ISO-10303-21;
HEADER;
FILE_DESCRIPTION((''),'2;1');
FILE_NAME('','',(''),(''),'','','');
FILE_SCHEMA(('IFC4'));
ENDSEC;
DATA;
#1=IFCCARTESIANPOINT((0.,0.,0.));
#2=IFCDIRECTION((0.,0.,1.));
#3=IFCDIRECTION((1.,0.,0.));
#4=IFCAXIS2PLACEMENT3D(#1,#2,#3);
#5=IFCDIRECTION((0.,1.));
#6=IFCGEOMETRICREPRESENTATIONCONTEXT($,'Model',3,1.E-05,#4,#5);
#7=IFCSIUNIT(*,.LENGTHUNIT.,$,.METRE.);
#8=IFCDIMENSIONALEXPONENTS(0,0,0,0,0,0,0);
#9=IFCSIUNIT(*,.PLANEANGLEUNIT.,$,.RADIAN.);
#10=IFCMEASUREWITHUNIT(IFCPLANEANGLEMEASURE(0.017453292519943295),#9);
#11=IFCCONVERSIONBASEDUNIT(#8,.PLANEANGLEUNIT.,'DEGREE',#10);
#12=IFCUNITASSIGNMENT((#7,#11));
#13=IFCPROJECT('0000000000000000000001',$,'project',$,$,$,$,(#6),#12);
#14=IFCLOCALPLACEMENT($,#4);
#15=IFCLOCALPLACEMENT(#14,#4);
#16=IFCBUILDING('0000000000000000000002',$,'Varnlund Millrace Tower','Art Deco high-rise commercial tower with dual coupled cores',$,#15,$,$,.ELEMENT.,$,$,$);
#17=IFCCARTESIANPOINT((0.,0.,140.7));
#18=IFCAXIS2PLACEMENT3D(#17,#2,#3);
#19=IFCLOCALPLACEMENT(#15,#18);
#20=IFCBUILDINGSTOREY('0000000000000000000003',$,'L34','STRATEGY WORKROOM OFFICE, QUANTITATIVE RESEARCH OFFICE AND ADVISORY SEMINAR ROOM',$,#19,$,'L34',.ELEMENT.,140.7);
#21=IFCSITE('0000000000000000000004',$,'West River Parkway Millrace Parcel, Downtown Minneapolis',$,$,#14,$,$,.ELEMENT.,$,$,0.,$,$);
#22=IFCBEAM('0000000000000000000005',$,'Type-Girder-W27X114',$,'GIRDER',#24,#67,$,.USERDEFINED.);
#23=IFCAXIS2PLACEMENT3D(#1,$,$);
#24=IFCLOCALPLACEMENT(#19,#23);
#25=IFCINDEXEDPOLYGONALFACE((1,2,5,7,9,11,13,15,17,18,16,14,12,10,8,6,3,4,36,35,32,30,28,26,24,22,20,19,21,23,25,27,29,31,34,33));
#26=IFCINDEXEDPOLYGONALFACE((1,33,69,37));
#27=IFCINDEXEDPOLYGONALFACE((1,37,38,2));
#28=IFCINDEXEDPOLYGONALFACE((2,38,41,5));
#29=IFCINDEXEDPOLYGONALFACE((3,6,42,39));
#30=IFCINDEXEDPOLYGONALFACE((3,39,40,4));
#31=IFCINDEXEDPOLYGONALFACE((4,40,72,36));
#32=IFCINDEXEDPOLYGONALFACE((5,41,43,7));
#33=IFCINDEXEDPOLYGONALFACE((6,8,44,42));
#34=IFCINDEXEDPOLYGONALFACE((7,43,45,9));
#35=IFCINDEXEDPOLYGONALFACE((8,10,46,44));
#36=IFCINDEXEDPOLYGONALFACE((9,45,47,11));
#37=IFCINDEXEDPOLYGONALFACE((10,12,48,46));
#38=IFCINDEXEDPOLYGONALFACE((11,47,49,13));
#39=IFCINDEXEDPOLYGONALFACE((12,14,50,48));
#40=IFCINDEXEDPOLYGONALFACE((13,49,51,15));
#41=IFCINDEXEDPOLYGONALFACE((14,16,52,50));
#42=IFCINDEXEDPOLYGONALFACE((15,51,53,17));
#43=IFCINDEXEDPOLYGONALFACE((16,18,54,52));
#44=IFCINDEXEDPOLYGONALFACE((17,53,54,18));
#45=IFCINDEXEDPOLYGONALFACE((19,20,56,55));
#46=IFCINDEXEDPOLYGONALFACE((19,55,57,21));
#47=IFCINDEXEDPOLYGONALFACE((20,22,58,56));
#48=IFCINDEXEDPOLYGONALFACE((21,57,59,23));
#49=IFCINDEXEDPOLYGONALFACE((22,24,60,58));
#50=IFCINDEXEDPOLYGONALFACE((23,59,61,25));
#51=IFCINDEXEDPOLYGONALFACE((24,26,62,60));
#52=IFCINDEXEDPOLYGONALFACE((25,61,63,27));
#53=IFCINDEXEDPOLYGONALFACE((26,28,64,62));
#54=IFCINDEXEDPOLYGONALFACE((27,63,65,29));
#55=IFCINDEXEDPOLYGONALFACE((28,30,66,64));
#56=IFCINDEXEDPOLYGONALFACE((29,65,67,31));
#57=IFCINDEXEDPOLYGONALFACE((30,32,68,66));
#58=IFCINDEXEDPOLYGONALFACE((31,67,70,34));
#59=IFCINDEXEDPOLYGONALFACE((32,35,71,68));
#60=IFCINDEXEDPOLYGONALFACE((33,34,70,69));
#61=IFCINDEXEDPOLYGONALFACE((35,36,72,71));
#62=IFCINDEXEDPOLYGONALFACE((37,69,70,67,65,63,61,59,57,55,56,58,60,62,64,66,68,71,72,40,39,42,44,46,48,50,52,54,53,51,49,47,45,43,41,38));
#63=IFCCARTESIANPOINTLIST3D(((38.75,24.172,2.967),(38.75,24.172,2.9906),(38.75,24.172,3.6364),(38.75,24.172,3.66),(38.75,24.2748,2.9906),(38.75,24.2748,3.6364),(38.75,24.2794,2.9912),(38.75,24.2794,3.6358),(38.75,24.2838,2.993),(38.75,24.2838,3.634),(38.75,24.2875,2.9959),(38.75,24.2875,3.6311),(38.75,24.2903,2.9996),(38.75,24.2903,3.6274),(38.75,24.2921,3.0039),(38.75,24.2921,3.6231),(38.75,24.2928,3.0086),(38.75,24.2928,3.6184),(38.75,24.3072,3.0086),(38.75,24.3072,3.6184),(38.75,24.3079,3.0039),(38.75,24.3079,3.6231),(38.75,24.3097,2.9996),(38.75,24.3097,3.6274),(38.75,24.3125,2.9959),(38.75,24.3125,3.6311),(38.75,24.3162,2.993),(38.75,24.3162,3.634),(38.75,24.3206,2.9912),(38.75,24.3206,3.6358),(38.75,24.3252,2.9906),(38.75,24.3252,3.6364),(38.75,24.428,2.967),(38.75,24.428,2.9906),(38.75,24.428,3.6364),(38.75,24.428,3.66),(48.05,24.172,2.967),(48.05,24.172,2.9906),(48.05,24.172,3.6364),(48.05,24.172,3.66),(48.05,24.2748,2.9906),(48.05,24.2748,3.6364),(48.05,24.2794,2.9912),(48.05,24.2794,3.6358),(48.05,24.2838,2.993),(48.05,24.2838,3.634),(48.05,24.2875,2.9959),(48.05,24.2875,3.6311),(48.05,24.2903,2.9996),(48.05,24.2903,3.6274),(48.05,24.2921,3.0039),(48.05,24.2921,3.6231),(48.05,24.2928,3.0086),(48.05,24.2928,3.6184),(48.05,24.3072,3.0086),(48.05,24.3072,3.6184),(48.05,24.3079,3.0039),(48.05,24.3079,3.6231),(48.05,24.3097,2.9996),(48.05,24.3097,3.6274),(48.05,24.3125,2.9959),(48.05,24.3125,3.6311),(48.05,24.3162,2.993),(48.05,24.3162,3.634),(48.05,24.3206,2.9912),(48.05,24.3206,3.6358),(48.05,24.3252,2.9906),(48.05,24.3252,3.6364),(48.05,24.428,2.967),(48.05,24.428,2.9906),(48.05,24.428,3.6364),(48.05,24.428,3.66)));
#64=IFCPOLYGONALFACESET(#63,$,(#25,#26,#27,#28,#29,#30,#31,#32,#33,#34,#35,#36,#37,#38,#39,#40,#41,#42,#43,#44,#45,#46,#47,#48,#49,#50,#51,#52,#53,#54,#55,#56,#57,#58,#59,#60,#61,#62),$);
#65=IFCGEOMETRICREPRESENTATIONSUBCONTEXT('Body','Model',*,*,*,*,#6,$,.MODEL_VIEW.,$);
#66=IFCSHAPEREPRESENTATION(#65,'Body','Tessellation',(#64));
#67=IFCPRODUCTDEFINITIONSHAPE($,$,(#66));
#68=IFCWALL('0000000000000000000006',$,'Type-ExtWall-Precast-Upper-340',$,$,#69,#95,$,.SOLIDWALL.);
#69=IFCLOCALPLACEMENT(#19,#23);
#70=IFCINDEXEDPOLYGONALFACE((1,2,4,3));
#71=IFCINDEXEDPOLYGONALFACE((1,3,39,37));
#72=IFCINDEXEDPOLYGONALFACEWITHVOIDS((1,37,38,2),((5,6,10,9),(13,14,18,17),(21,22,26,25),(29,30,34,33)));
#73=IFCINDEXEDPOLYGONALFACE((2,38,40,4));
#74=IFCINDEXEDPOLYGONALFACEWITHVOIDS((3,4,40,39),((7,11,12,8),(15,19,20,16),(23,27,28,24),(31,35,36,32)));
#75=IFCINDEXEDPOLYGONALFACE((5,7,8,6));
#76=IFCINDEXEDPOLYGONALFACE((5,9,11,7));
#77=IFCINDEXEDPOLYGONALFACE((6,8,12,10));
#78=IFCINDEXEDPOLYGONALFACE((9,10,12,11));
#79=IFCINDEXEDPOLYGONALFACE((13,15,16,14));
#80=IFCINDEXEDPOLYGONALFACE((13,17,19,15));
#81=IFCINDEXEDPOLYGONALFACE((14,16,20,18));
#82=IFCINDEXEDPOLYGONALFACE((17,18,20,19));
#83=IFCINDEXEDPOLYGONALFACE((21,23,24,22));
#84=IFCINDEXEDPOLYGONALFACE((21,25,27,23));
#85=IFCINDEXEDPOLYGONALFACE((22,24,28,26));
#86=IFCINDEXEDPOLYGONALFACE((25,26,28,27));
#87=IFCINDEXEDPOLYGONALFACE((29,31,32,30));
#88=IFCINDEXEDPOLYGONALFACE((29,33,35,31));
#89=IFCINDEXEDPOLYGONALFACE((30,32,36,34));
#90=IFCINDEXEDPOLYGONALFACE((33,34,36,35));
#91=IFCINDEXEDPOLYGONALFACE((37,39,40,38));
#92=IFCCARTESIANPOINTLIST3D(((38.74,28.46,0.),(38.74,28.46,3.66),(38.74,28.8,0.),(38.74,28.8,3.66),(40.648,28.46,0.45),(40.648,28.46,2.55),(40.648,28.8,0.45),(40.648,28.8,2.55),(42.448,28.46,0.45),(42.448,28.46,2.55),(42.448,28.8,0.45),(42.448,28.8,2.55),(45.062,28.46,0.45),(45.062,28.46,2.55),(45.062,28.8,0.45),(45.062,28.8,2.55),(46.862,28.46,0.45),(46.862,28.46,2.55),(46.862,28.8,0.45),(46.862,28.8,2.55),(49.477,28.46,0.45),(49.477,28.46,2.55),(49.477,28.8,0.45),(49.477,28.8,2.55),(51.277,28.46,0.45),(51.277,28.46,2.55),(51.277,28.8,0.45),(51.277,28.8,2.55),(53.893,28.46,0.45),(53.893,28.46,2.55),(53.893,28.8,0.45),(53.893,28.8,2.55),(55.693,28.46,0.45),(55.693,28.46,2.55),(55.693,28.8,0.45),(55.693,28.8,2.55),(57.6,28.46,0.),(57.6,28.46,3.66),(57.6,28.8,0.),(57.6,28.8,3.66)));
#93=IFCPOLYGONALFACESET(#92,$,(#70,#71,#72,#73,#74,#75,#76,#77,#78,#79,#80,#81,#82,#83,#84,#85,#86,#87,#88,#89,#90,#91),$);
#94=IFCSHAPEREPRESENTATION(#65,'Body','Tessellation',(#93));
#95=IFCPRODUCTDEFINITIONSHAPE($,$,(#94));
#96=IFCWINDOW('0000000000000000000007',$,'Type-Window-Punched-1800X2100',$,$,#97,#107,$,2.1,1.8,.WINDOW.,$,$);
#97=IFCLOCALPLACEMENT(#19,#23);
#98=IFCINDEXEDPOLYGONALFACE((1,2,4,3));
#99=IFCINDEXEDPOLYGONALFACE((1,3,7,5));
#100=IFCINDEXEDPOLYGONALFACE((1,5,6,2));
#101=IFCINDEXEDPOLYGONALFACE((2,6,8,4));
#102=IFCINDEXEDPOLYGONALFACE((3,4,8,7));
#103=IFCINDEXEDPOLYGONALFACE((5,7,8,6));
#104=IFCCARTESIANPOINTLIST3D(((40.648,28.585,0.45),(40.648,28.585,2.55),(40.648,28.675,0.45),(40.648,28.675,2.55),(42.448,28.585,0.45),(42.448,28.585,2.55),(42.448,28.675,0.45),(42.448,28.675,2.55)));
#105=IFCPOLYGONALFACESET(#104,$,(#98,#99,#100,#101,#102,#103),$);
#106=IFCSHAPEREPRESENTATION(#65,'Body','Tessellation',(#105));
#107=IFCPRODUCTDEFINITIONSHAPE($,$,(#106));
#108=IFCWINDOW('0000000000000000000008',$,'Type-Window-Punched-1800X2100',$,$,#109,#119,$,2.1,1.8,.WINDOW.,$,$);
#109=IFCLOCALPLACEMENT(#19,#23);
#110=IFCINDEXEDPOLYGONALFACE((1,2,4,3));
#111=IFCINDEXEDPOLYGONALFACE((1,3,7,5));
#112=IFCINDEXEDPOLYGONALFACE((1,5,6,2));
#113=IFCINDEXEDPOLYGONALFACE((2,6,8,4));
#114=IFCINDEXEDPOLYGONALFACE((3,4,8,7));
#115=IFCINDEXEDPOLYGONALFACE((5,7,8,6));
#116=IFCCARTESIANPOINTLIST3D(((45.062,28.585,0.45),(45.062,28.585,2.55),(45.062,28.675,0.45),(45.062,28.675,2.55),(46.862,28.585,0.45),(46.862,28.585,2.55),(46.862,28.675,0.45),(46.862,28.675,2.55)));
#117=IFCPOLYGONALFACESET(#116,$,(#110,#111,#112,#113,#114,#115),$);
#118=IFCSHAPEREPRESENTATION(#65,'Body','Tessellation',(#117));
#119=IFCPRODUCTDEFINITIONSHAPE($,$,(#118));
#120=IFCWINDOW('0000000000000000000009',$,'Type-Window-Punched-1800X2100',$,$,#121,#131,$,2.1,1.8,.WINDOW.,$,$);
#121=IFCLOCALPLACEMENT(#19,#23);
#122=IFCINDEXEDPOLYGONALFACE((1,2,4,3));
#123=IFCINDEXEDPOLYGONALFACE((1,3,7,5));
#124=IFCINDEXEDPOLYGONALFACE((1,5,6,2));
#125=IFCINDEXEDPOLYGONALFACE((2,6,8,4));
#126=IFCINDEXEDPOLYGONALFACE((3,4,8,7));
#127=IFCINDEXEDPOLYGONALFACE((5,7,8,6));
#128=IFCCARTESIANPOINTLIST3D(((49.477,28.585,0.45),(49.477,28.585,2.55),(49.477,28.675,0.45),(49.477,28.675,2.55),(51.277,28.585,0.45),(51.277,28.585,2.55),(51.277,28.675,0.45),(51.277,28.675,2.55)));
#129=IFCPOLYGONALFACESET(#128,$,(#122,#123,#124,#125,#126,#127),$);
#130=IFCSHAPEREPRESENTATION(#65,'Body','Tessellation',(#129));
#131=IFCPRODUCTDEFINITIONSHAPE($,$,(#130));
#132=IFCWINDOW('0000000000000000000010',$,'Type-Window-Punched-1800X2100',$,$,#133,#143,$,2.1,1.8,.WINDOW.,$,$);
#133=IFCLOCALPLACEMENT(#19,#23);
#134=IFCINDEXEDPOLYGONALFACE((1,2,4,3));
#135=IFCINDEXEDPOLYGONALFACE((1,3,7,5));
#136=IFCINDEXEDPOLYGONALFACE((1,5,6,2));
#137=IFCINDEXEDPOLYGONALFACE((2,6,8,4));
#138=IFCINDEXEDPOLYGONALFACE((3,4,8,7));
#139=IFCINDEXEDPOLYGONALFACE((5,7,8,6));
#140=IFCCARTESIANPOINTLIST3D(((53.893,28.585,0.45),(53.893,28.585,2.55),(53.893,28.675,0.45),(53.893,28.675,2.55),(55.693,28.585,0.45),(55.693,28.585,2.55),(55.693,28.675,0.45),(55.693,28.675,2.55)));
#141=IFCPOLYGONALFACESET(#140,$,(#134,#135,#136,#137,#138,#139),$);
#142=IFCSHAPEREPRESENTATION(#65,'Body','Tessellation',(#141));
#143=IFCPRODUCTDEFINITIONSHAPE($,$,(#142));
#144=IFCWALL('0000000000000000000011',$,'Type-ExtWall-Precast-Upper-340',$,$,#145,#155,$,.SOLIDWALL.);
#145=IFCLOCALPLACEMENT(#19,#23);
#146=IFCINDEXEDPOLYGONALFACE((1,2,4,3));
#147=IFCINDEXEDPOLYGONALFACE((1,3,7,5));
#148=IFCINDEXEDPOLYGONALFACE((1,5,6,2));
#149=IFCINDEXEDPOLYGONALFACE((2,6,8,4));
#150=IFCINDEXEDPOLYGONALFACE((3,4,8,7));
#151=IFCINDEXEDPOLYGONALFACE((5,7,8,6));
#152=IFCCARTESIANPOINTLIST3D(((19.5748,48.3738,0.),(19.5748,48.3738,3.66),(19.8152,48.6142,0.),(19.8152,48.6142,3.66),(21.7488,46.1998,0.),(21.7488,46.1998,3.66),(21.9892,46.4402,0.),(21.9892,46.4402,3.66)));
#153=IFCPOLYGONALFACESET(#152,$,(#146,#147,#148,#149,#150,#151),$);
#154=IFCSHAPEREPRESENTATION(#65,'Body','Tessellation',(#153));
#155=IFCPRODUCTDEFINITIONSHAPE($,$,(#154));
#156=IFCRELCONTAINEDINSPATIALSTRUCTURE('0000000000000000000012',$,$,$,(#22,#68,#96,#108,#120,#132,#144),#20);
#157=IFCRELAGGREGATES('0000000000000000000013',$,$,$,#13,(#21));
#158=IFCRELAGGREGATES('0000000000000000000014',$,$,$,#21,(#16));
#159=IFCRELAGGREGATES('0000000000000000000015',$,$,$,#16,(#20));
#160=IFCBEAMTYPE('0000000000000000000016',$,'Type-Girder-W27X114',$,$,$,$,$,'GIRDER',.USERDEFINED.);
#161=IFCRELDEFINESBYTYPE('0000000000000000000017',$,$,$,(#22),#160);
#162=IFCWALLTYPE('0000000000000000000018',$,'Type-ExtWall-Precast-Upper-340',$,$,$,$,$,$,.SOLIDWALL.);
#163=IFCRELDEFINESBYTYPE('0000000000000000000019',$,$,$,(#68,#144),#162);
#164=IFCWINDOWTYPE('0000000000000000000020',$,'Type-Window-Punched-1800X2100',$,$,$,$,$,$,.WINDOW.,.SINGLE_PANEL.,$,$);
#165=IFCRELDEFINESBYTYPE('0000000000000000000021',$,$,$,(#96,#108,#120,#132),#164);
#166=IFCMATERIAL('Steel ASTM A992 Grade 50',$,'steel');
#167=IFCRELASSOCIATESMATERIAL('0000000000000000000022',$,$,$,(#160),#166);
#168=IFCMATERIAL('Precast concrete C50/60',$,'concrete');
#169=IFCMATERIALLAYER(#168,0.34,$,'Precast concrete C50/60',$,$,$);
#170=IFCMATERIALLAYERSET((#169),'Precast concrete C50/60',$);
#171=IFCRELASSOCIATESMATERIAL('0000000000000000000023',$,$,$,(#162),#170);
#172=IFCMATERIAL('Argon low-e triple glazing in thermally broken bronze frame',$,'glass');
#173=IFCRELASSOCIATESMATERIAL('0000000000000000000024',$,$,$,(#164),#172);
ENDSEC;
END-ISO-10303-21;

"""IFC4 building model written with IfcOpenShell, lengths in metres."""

from ifc_helpers import new_model, entity, si_unit, converted_unit, direction, frame, origin_with_axes, origin_2d_with_axis, place, context, subcontext, project, spatial, polyline, rectangle, i_section, outline, extrude, material, layer, layer_set, material_profile, profile_set, type_object, element, fill, save


model = new_model("IFC4")

# Units and contexts
model_context = context("Model", 3, precision=1e-05, world=origin_with_axes(), true_north=direction((0.0, 1.0)))
body_context = subcontext(model_context, "Body", "Model", "MODEL_VIEW")
ifc_project = project(units=[si_unit("LENGTHUNIT", "METRE"), converted_unit("PLANEANGLEUNIT", "DEGREE", entity("IfcPlaneAngleMeasure", 0.017453292519943295), si_unit("PLANEANGLEUNIT", "RADIAN"), dimensions=[0, 0, 0, 0, 0, 0, 0])], contexts=[model_context])

# Site, building, storey
site_placement = place(None, origin_with_axes())
site = spatial("IfcSite", under=ifc_project, at=site_placement, Name="West River Parkway Millrace Parcel, Downtown Minneapolis", CompositionType="ELEMENT", RefElevation=0.0)
building_placement = place(site_placement, origin_with_axes())
building = spatial("IfcBuilding", under=site, at=building_placement, Name="Varnlund Millrace Tower", Description="Art Deco high-rise commercial tower with dual coupled cores", CompositionType="ELEMENT")
storey_placement = place(building_placement, frame((0.0, 0.0, 140.7), z_axis=(0.0, 0.0, 1.0), x_axis=(1.0, 0.0, 0.0)))
storey = spatial("IfcBuildingStorey", under=building, at=storey_placement, Name="L34", Description="STRATEGY WORKROOM OFFICE, QUANTITATIVE RESEARCH OFFICE AND ADVISORY SEMINAR ROOM", LongName="L34", CompositionType="ELEMENT", Elevation=140.7)

# Beam
ifc_material_1 = material(Name="Steel ASTM A992 Grade 50", Category="steel")
ifc_material_profile_1 = material_profile(ifc_material_1, i_section(OverallWidth=0.256, OverallDepth=0.693, WebThickness=0.0145, FlangeThickness=0.0236, FilletRadius=0.018, at=origin_2d_with_axis()), Name="Steel ASTM A992 Grade 50")
ifc_profile_set_1 = profile_set([ifc_material_profile_1], Name="Steel ASTM A992 Grade 50")
beam_type_1 = type_object("IfcBeamType", Name="Type-Girder-W27X114", ElementType="GIRDER", PredefinedType="USERDEFINED", material=ifc_profile_set_1)
beam_1_placement = place(storey_placement, frame((38.75, 24.3, 3.3135), z_axis=(1.0, 0.0, 0.0), x_axis=(0.0, 1.0, 0.0)))
element("IfcBeam", 1, at=beam_1_placement, inside=storey, type_object=beam_type_1, Name="Type-Girder-W27X114", ObjectType="GIRDER", PredefinedType="USERDEFINED", context=body_context, shape_type="SweptSolid", body=[
    extrude(i_section(OverallWidth=0.256, OverallDepth=0.693, WebThickness=0.0145, FlangeThickness=0.0236, FilletRadius=0.018, at=origin_2d_with_axis()), origin_with_axes(), (0.0, 0.0, 1.0), 9.3),
])

# Wall, openings, windows
ifc_material_2 = material(Name="Precast concrete C50/60", Category="concrete")
ifc_layer_1 = layer(ifc_material_2, 0.34, Name="Precast concrete C50/60")
ifc_layer_set_1 = layer_set([ifc_layer_1], Name="Precast concrete C50/60")
wall_type_1 = type_object("IfcWallType", Name="Type-ExtWall-Precast-Upper-340", PredefinedType="SOLIDWALL", material=ifc_layer_set_1)
wall_1_placement = place(storey_placement, frame((38.74, 28.63, 0.0), z_axis=(0.0, 0.0, 1.0), x_axis=(1.0, 0.0, 0.0)))
wall_1 = element("IfcWall", 2, at=wall_1_placement, inside=storey, type_object=wall_type_1, Name="Type-ExtWall-Precast-Upper-340", PredefinedType="SOLIDWALL", context=body_context, shape_type="SweptSolid", body=[
    extrude(outline(polyline([(0.0, -0.17), (18.86, -0.17), (18.86, 0.17), (0.0, 0.17), (0.0, -0.17)])), origin_with_axes(), (0.0, 0.0, 1.0), 3.66),
])
opening_1_placement = place(wall_1_placement, frame((2.808, 0.0, 0.45), z_axis=(0.0, 0.0, 1.0), x_axis=(1.0, 0.0, 0.0)))
opening_1 = element("IfcOpeningElement", 3, at=opening_1_placement, cuts=wall_1, PredefinedType="OPENING", context=body_context, shape_type="SweptSolid", body=[
    extrude(rectangle(XDim=1.8, YDim=0.36, at=origin_2d_with_axis()), origin_with_axes(), (0.0, 0.0, 1.0), 2.1),
])
opening_2_placement = place(wall_1_placement, frame((7.222, 0.0, 0.45), z_axis=(0.0, 0.0, 1.0), x_axis=(1.0, 0.0, 0.0)))
opening_2 = element("IfcOpeningElement", 4, at=opening_2_placement, cuts=wall_1, PredefinedType="OPENING", context=body_context, shape_type="SweptSolid", body=[
    extrude(rectangle(XDim=1.8, YDim=0.36, at=origin_2d_with_axis()), origin_with_axes(), (0.0, 0.0, 1.0), 2.1),
])
opening_3_placement = place(wall_1_placement, frame((11.637, 0.0, 0.45), z_axis=(0.0, 0.0, 1.0), x_axis=(1.0, 0.0, 0.0)))
opening_3 = element("IfcOpeningElement", 5, at=opening_3_placement, cuts=wall_1, PredefinedType="OPENING", context=body_context, shape_type="SweptSolid", body=[
    extrude(rectangle(XDim=1.8, YDim=0.36, at=origin_2d_with_axis()), origin_with_axes(), (0.0, 0.0, 1.0), 2.1),
])
opening_4_placement = place(wall_1_placement, frame((16.053, 0.0, 0.45), z_axis=(0.0, 0.0, 1.0), x_axis=(1.0, 0.0, 0.0)))
opening_4 = element("IfcOpeningElement", 6, at=opening_4_placement, cuts=wall_1, PredefinedType="OPENING", context=body_context, shape_type="SweptSolid", body=[
    extrude(rectangle(XDim=1.8, YDim=0.36, at=origin_2d_with_axis()), origin_with_axes(), (0.0, 0.0, 1.0), 2.1),
])
ifc_material_3 = material(Name="Argon low-e triple glazing in thermally broken bronze frame", Category="glass")
window_type_1 = type_object("IfcWindowType", Name="Type-Window-Punched-1800X2100", PartitioningType="SINGLE_PANEL", PredefinedType="WINDOW", material=ifc_material_3)
window_1_placement = place(wall_1_placement, frame((2.808, 0.0, 0.45), z_axis=(0.0, 0.0, 1.0), x_axis=(1.0, 0.0, 0.0)))
window_1 = element("IfcWindow", 7, at=window_1_placement, inside=storey, type_object=window_type_1, Name="Type-Window-Punched-1800X2100", OverallHeight=2.1, OverallWidth=1.8, PredefinedType="WINDOW", context=body_context, shape_type="SweptSolid", body=[
    extrude(rectangle(XDim=1.8, YDim=0.09, at=origin_2d_with_axis()), origin_with_axes(), (0.0, 0.0, 1.0), 2.1),
])
fill(opening_1, window_1)
window_2_placement = place(wall_1_placement, frame((7.222, 0.0, 0.45), z_axis=(0.0, 0.0, 1.0), x_axis=(1.0, 0.0, 0.0)))
window_2 = element("IfcWindow", 8, at=window_2_placement, inside=storey, type_object=window_type_1, Name="Type-Window-Punched-1800X2100", OverallHeight=2.1, OverallWidth=1.8, PredefinedType="WINDOW", context=body_context, shape_type="SweptSolid", body=[
    extrude(rectangle(XDim=1.8, YDim=0.09, at=origin_2d_with_axis()), origin_with_axes(), (0.0, 0.0, 1.0), 2.1),
])
fill(opening_2, window_2)
window_3_placement = place(wall_1_placement, frame((11.637, 0.0, 0.45), z_axis=(0.0, 0.0, 1.0), x_axis=(1.0, 0.0, 0.0)))
window_3 = element("IfcWindow", 9, at=window_3_placement, inside=storey, type_object=window_type_1, Name="Type-Window-Punched-1800X2100", OverallHeight=2.1, OverallWidth=1.8, PredefinedType="WINDOW", context=body_context, shape_type="SweptSolid", body=[
    extrude(rectangle(XDim=1.8, YDim=0.09, at=origin_2d_with_axis()), origin_with_axes(), (0.0, 0.0, 1.0), 2.1),
])
fill(opening_3, window_3)
window_4_placement = place(wall_1_placement, frame((16.053, 0.0, 0.45), z_axis=(0.0, 0.0, 1.0), x_axis=(1.0, 0.0, 0.0)))
window_4 = element("IfcWindow", 10, at=window_4_placement, inside=storey, type_object=window_type_1, Name="Type-Window-Punched-1800X2100", OverallHeight=2.1, OverallWidth=1.8, PredefinedType="WINDOW", context=body_context, shape_type="SweptSolid", body=[
    extrude(rectangle(XDim=1.8, YDim=0.09, at=origin_2d_with_axis()), origin_with_axes(), (0.0, 0.0, 1.0), 2.1),
])
fill(opening_4, window_4)

# Wall
wall_2_placement = place(storey_placement, frame((19.695, 48.494, 0.0), z_axis=(0.0, 0.0, 1.0), x_axis=(0.707107, -0.707107, 0.0)))
element("IfcWall", 11, at=wall_2_placement, inside=storey, type_object=wall_type_1, Name="Type-ExtWall-Precast-Upper-340", PredefinedType="SOLIDWALL", context=body_context, shape_type="SweptSolid", body=[
    extrude(outline(polyline([(0.0, -0.17), (3.0745, -0.17), (3.0745, 0.17), (0.0, 0.17), (0.0, -0.17)])), origin_with_axes(), (0.0, 0.0, 1.0), 3.66),
])

save(model, "model.ifc")
